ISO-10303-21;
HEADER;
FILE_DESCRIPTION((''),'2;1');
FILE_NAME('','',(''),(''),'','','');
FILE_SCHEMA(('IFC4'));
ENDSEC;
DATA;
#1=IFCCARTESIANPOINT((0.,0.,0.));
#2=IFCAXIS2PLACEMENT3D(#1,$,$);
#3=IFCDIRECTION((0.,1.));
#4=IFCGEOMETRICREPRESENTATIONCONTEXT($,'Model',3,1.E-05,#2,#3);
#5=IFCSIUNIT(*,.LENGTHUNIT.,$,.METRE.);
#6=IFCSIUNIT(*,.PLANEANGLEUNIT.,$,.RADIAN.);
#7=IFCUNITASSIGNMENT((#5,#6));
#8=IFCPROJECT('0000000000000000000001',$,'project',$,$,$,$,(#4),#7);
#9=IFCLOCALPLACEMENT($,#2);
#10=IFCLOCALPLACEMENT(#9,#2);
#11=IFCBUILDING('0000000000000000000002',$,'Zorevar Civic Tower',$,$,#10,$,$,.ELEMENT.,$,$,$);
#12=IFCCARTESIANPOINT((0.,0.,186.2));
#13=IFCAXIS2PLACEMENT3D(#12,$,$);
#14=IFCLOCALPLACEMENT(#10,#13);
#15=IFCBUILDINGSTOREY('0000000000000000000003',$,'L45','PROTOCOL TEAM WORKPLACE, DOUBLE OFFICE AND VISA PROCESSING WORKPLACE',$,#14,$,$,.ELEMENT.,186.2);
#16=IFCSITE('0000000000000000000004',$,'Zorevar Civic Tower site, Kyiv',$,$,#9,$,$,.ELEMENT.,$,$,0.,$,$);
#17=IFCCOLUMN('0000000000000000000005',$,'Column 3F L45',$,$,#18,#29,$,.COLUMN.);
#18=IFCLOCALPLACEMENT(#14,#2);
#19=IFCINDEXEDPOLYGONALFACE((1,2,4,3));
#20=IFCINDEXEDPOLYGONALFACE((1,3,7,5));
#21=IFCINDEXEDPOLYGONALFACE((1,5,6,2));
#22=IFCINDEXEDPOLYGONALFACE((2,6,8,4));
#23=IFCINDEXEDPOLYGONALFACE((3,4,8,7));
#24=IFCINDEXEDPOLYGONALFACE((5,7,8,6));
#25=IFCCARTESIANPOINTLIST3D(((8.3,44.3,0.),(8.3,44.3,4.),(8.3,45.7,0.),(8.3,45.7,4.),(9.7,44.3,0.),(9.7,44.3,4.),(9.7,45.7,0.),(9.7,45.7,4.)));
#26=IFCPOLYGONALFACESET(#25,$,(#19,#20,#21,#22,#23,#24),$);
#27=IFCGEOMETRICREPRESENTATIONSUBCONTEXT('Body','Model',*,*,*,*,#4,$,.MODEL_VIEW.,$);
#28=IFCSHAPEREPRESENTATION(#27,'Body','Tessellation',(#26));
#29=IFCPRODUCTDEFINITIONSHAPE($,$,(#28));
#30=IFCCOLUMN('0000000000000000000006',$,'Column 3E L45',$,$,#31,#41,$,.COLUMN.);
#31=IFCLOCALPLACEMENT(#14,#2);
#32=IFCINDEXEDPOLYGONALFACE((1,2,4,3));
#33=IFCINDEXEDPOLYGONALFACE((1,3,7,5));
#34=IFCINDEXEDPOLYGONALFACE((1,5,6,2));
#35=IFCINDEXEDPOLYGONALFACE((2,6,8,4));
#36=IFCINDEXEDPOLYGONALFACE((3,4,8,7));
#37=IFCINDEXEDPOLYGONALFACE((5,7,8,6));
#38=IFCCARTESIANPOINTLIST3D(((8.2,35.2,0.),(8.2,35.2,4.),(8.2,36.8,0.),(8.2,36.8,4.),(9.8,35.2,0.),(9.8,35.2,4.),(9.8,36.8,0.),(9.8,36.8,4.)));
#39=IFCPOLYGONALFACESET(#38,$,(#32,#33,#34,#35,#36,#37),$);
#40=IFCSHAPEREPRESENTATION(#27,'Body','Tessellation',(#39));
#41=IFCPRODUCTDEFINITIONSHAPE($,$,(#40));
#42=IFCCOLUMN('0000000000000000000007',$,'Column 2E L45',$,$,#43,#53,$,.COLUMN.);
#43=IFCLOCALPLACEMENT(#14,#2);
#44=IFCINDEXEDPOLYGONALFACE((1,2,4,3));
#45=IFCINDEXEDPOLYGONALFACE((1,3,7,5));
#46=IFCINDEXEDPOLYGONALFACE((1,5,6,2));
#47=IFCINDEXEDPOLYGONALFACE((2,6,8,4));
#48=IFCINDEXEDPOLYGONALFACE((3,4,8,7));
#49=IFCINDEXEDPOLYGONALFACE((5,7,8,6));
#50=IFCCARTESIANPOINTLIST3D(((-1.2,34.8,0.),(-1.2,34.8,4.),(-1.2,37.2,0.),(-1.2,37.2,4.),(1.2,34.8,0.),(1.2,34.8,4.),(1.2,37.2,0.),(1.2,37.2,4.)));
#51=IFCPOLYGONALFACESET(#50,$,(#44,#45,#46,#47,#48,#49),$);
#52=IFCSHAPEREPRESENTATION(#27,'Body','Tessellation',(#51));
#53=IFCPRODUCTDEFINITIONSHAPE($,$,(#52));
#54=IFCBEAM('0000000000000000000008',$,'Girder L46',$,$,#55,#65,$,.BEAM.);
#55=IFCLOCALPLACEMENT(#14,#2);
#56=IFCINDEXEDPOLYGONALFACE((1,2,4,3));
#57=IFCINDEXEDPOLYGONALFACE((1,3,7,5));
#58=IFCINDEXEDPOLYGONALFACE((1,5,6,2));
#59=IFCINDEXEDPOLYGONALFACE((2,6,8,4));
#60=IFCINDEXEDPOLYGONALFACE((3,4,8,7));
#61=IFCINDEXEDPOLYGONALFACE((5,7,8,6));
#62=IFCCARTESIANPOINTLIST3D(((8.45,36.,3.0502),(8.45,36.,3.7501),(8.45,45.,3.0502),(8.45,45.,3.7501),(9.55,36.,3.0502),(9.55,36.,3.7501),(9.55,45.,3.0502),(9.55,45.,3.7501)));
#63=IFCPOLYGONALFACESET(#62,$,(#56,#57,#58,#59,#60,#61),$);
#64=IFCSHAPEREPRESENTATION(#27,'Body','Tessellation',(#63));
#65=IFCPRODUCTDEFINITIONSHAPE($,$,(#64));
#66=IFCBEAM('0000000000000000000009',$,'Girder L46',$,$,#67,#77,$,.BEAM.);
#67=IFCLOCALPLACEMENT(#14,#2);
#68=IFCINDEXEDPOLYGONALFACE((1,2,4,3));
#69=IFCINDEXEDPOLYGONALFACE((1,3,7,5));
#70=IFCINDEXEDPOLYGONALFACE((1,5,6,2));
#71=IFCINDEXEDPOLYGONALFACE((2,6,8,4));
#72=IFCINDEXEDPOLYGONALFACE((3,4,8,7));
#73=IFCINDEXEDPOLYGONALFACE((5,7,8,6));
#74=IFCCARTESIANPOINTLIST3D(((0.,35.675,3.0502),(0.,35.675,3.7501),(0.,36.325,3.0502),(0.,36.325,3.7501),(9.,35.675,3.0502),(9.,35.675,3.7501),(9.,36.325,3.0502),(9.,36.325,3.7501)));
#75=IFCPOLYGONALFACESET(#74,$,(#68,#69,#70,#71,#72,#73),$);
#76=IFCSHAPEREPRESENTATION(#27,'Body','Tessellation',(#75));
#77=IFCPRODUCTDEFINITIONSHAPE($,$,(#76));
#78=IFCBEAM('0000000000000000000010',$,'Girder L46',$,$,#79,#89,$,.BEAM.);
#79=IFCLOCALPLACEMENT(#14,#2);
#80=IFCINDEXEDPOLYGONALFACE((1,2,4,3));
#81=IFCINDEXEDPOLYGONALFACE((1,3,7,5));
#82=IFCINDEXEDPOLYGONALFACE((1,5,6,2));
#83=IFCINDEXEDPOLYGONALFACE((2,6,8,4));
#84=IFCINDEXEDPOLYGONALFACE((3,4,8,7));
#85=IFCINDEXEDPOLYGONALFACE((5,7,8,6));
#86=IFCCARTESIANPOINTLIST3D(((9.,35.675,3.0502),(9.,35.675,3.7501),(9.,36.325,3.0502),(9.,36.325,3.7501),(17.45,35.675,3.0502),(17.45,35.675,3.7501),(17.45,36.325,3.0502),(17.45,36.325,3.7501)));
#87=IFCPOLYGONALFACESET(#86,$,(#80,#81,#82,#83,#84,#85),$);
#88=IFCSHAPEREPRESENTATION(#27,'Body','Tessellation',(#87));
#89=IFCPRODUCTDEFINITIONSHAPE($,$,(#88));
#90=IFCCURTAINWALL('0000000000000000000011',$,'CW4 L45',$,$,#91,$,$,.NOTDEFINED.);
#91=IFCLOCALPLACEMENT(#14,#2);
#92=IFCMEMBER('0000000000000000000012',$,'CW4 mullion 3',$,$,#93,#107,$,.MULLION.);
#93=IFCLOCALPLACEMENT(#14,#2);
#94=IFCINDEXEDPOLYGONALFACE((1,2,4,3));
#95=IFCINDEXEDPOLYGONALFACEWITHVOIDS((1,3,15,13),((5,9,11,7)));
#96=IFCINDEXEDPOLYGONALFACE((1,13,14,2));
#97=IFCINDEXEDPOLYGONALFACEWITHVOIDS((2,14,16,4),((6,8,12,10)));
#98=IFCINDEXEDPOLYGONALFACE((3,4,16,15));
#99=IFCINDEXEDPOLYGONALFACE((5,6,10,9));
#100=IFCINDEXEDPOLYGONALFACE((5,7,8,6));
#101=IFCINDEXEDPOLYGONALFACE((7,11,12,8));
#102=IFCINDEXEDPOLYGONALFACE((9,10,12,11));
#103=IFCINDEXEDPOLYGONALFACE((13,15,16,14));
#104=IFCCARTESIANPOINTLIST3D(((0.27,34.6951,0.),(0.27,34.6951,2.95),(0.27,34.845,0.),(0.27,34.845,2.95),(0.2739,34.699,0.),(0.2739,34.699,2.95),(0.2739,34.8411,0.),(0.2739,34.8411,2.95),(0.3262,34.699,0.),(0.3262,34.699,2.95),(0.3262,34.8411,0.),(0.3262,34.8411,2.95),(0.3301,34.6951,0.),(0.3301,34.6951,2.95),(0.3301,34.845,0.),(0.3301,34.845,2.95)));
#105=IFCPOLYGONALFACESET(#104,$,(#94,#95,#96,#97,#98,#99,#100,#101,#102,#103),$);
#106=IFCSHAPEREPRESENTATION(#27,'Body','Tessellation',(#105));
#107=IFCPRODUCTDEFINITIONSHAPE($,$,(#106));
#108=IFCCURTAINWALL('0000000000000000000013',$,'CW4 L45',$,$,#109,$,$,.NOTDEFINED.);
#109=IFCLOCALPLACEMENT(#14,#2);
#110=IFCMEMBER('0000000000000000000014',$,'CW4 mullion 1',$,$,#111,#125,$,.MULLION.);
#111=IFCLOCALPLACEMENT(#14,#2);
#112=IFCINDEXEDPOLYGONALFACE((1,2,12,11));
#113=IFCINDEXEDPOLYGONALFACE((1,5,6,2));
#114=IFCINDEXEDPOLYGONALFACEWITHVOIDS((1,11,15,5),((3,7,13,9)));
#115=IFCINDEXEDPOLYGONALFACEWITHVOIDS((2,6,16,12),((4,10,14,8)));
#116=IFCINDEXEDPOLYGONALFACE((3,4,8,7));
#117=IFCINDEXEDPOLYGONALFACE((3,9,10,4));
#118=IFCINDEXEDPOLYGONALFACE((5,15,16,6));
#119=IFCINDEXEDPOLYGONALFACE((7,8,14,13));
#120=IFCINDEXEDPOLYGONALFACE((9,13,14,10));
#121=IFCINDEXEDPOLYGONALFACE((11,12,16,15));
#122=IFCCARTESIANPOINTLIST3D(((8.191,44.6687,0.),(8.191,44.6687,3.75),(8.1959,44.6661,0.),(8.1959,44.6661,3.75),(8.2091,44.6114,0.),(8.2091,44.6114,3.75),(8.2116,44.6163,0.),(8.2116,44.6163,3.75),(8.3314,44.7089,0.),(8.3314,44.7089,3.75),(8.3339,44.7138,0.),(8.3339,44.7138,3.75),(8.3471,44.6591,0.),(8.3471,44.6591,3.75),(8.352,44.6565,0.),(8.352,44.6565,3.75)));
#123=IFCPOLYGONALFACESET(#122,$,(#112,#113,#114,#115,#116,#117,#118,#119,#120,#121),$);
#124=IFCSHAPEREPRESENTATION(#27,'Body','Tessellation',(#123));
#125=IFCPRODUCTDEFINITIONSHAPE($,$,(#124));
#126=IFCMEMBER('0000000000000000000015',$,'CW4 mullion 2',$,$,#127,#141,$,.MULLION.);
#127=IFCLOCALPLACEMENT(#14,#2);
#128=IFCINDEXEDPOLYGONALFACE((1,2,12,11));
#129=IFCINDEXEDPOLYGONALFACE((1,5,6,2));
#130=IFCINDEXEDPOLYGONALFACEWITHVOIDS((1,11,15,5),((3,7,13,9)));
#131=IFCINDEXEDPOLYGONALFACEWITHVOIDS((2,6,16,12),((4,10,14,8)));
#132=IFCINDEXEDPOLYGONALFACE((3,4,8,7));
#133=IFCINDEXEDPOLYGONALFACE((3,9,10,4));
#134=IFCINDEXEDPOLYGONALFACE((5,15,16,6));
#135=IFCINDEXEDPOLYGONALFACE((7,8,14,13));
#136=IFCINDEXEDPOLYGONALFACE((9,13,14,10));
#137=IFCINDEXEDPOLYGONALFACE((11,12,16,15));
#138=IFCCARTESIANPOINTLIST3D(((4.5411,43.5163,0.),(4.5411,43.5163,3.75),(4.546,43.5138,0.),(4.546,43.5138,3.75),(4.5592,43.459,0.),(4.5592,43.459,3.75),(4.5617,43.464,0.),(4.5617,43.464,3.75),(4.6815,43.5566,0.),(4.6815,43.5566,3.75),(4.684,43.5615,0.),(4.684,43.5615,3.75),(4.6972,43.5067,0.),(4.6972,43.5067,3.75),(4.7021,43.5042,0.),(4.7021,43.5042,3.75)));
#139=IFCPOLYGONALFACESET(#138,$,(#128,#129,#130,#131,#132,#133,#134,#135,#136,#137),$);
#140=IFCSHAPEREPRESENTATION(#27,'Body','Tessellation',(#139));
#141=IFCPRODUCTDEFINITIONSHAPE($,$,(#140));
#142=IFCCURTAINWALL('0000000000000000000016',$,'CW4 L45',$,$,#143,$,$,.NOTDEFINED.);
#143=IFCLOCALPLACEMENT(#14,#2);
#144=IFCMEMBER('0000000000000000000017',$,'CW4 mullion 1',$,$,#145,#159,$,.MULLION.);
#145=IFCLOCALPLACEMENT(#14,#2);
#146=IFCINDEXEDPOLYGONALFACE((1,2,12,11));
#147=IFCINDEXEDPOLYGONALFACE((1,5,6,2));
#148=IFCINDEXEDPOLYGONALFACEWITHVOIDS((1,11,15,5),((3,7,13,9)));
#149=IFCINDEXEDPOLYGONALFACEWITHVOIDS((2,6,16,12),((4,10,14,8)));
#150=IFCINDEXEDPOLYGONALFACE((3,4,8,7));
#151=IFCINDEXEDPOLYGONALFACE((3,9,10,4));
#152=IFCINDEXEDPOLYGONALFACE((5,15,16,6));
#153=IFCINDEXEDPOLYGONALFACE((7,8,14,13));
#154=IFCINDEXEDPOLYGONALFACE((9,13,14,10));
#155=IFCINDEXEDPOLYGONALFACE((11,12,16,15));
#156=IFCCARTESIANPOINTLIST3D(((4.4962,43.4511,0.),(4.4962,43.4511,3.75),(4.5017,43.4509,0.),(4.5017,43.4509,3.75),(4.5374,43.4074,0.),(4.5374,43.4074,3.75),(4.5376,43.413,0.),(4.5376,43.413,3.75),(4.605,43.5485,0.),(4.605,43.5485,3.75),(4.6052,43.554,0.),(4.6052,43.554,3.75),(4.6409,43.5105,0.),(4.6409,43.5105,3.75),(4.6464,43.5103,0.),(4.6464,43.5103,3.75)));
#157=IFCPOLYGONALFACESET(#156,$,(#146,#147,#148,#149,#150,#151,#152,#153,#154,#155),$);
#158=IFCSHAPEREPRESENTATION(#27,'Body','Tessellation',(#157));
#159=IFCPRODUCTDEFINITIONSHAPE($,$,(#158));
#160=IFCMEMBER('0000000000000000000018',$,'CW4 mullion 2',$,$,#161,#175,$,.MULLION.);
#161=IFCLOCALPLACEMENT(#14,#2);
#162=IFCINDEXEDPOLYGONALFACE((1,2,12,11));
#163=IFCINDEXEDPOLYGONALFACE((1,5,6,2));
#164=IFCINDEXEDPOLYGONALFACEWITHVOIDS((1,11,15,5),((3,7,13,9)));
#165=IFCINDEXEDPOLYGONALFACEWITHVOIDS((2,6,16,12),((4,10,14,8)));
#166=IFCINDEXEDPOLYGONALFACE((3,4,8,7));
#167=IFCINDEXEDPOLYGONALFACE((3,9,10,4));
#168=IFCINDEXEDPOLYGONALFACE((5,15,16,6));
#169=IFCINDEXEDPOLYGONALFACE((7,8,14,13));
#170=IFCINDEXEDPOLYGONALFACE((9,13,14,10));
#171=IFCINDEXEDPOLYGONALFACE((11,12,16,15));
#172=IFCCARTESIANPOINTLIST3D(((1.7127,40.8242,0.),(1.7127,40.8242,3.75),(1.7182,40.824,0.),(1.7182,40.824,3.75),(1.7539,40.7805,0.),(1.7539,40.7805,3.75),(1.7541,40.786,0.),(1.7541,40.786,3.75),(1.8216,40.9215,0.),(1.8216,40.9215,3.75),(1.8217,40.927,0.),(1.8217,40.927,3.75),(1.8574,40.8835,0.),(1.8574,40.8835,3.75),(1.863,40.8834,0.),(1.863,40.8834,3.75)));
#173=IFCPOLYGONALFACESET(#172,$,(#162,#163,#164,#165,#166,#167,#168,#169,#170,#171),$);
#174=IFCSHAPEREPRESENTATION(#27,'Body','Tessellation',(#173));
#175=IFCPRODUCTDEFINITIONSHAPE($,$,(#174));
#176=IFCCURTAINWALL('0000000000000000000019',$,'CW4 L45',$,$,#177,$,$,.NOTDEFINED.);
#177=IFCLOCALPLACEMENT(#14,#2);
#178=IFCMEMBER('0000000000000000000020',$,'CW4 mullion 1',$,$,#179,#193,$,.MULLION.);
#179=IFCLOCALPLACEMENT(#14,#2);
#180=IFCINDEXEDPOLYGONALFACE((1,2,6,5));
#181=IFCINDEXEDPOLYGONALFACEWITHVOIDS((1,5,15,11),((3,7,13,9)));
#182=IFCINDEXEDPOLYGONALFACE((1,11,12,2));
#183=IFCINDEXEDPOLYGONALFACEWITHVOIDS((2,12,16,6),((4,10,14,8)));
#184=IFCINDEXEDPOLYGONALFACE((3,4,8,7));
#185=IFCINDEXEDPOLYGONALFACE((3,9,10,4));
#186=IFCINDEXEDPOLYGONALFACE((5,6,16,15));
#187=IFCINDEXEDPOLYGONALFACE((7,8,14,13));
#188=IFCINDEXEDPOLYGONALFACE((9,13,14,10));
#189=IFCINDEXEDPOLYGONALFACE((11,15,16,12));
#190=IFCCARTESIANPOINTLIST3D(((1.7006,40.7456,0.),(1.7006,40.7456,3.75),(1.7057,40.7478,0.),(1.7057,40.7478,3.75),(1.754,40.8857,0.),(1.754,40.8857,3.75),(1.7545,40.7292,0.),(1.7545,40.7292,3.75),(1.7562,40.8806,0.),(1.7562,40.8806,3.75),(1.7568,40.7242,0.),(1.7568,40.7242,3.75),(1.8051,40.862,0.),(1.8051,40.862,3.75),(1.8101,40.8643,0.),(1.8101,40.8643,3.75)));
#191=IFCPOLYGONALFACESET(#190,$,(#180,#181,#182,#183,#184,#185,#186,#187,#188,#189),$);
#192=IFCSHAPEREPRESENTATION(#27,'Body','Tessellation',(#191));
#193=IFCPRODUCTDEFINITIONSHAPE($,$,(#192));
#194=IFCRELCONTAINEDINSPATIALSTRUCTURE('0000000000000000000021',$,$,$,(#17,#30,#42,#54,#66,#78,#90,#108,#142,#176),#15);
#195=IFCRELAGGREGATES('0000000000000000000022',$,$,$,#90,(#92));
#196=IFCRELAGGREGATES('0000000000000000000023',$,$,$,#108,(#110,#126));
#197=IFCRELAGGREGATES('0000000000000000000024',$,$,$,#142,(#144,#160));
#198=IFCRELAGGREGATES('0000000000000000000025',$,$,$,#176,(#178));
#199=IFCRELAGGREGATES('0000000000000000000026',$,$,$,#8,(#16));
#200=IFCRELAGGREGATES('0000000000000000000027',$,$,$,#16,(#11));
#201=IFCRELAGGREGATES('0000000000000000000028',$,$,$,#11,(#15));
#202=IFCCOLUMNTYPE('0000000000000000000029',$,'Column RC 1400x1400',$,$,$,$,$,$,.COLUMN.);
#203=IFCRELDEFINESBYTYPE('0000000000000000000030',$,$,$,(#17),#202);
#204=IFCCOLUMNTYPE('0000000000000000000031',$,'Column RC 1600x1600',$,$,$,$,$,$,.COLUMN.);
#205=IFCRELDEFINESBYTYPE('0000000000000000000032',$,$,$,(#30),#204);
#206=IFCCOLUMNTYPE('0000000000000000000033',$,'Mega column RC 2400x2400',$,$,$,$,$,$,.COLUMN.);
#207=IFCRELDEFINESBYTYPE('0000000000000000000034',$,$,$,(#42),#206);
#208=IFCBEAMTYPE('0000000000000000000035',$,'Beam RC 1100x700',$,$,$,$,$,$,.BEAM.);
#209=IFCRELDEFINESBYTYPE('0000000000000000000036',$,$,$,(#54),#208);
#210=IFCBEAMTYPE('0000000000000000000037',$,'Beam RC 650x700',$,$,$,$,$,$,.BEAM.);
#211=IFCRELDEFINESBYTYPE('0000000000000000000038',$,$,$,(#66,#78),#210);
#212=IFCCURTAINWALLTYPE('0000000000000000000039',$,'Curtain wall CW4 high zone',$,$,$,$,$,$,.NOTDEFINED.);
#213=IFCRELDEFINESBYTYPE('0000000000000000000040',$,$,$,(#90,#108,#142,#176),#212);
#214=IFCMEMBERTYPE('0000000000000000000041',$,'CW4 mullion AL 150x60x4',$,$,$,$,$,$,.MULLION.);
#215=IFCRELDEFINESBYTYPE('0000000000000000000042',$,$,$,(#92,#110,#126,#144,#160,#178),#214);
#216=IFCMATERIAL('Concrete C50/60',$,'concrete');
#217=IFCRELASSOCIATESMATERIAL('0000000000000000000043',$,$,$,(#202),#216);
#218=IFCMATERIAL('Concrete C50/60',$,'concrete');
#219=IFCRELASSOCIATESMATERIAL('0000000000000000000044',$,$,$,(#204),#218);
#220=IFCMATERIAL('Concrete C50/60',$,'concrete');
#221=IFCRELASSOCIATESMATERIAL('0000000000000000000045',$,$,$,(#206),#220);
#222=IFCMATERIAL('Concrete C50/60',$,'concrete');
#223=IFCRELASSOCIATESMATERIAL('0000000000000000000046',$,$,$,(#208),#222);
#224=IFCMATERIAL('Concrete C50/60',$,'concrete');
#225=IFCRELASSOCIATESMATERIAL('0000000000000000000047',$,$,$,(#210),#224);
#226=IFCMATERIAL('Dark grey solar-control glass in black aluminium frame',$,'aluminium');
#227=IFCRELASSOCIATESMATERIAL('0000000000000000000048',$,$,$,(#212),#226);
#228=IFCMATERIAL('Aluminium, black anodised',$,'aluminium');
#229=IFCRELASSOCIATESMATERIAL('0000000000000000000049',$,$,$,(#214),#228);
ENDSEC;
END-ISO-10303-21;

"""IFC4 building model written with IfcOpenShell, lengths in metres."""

from ifc_helpers import new_model, si_unit, direction, frame, origin, origin_2d, place, context, subcontext, project, spatial, rectangle, hollow_rectangle, extrude, material, material_profile, profile_set, type_object, element, aggregate, save


model = new_model("IFC4")

# Units and contexts
model_context = context("Model", 3, precision=1e-05, world=origin(), true_north=direction((0.0, 1.0)))
body_context = subcontext(model_context, "Body", "Model", "MODEL_VIEW")
ifc_project = project(units=[si_unit("LENGTHUNIT", "METRE"), si_unit("PLANEANGLEUNIT", "RADIAN")], contexts=[model_context])

# Site, building, storey
site_placement = place(None, origin())
site = spatial("IfcSite", under=ifc_project, at=site_placement, Name="Zorevar Civic Tower site, Kyiv", CompositionType="ELEMENT", RefElevation=0.0)
building_placement = place(site_placement, origin())
building = spatial("IfcBuilding", under=site, at=building_placement, Name="Zorevar Civic Tower", CompositionType="ELEMENT")
storey_placement = place(building_placement, frame((0.0, 0.0, 186.2)))
storey = spatial("IfcBuildingStorey", under=building, at=storey_placement, Name="L45", Description="PROTOCOL TEAM WORKPLACE, DOUBLE OFFICE AND VISA PROCESSING WORKPLACE", CompositionType="ELEMENT", Elevation=186.2)

# Columns
ifc_material_1 = material(Name="Concrete C50/60", Category="concrete")
ifc_material_profile_1 = material_profile(ifc_material_1, rectangle(XDim=1.3999, YDim=1.3999, at=origin_2d()), Name="RC 1400x1400")
ifc_profile_set_1 = profile_set([ifc_material_profile_1], Name="Concrete C50/60")
column_type_1 = type_object("IfcColumnType", Name="Column RC 1400x1400", PredefinedType="COLUMN", material=ifc_profile_set_1)
column_1_placement = place(storey_placement, frame((9.0, 45.0, 0.0), z_axis=(0.0, 0.0, 1.0), x_axis=(1.0, 0.0, 0.0)))
element("IfcColumn", 1, at=column_1_placement, inside=storey, type_object=column_type_1, Name="Column 3F L45", PredefinedType="COLUMN", context=body_context, shape_type="SweptSolid", body=[
    extrude(rectangle(XDim=1.3999, YDim=1.3999, at=origin_2d()), origin(), (0.0, 0.0, 1.0), 4.0),
])
ifc_material_2 = material(Name="Concrete C50/60", Category="concrete")
ifc_material_profile_2 = material_profile(ifc_material_2, rectangle(XDim=1.6001, YDim=1.6001, at=origin_2d()), Name="RC 1600x1600")
ifc_profile_set_2 = profile_set([ifc_material_profile_2], Name="Concrete C50/60")
column_type_2 = type_object("IfcColumnType", Name="Column RC 1600x1600", PredefinedType="COLUMN", material=ifc_profile_set_2)
column_2_placement = place(storey_placement, frame((9.0, 36.0, 0.0), z_axis=(0.0, 0.0, 1.0), x_axis=(1.0, 0.0, 0.0)))
element("IfcColumn", 2, at=column_2_placement, inside=storey, type_object=column_type_2, Name="Column 3E L45", PredefinedType="COLUMN", context=body_context, shape_type="SweptSolid", body=[
    extrude(rectangle(XDim=1.6001, YDim=1.6001, at=origin_2d()), origin(), (0.0, 0.0, 1.0), 4.0),
])
ifc_material_3 = material(Name="Concrete C50/60", Category="concrete")
ifc_material_profile_3 = material_profile(ifc_material_3, rectangle(XDim=2.3999, YDim=2.3999, at=origin_2d()), Name="RC 2400x2400")
ifc_profile_set_3 = profile_set([ifc_material_profile_3], Name="Concrete C50/60")
column_type_3 = type_object("IfcColumnType", Name="Mega column RC 2400x2400", PredefinedType="COLUMN", material=ifc_profile_set_3)
column_3_placement = place(storey_placement, frame((0.0, 36.0, 0.0), z_axis=(0.0, 0.0, 1.0), x_axis=(1.0, 0.0, 0.0)))
element("IfcColumn", 3, at=column_3_placement, inside=storey, type_object=column_type_3, Name="Column 2E L45", PredefinedType="COLUMN", context=body_context, shape_type="SweptSolid", body=[
    extrude(rectangle(XDim=2.3999, YDim=2.3999, at=origin_2d()), origin(), (0.0, 0.0, 1.0), 4.0),
])

# Beams
ifc_material_4 = material(Name="Concrete C50/60", Category="concrete")
ifc_material_profile_4 = material_profile(ifc_material_4, rectangle(XDim=1.1001, YDim=0.7, at=origin_2d()), Name="RC 1100x700")
ifc_profile_set_4 = profile_set([ifc_material_profile_4], Name="Concrete C50/60")
beam_type_1 = type_object("IfcBeamType", Name="Beam RC 1100x700", PredefinedType="BEAM", material=ifc_profile_set_4)
beam_1_placement = place(storey_placement, frame((9.0, 36.0, 3.4001), z_axis=(0.0, 1.0, 0.0), x_axis=(-1.0, 0.0, 0.0)))
element("IfcBeam", 4, at=beam_1_placement, inside=storey, type_object=beam_type_1, Name="Girder L46", PredefinedType="BEAM", context=body_context, shape_type="SweptSolid", body=[
    extrude(rectangle(XDim=1.1001, YDim=0.7, at=origin_2d()), origin(), (0.0, 0.0, 1.0), 9.0),
])
ifc_material_5 = material(Name="Concrete C50/60", Category="concrete")
ifc_material_profile_5 = material_profile(ifc_material_5, rectangle(XDim=0.6499, YDim=0.7, at=origin_2d()), Name="RC 650x700")
ifc_profile_set_5 = profile_set([ifc_material_profile_5], Name="Concrete C50/60")
beam_type_2 = type_object("IfcBeamType", Name="Beam RC 650x700", PredefinedType="BEAM", material=ifc_profile_set_5)
beam_2_placement = place(storey_placement, frame((0.0, 36.0, 3.4001), z_axis=(1.0, 0.0, 0.0), x_axis=(0.0, 1.0, 0.0)))
element("IfcBeam", 5, at=beam_2_placement, inside=storey, type_object=beam_type_2, Name="Girder L46", PredefinedType="BEAM", context=body_context, shape_type="SweptSolid", body=[
    extrude(rectangle(XDim=0.6499, YDim=0.7, at=origin_2d()), origin(), (0.0, 0.0, 1.0), 9.0),
])
beam_3_placement = place(storey_placement, frame((9.0, 36.0, 3.4001), z_axis=(1.0, 0.0, 0.0), x_axis=(0.0, 1.0, 0.0)))
element("IfcBeam", 6, at=beam_3_placement, inside=storey, type_object=beam_type_2, Name="Girder L46", PredefinedType="BEAM", context=body_context, shape_type="SweptSolid", body=[
    extrude(rectangle(XDim=0.6499, YDim=0.7, at=origin_2d()), origin(), (0.0, 0.0, 1.0), 8.45),
])

# Curtain wall, member
ifc_material_6 = material(Name="Dark grey solar-control glass in black aluminium frame", Category="aluminium")
curtain_wall_type = type_object("IfcCurtainWallType", Name="Curtain wall CW4 high zone", PredefinedType="NOTDEFINED", material=ifc_material_6)
curtain_wall_1_placement = place(storey_placement, origin())
curtain_wall_1 = element("IfcCurtainWall", 7, at=curtain_wall_1_placement, inside=storey, type_object=curtain_wall_type, Name="CW4 L45", PredefinedType="NOTDEFINED")
ifc_material_7 = material(Name="Aluminium, black anodised", Category="aluminium")
ifc_material_profile_6 = material_profile(ifc_material_7, hollow_rectangle(XDim=0.0601, YDim=0.1499, WallThickness=0.0039, at=origin_2d()), Name="AL 150x60x4")
ifc_profile_set_6 = profile_set([ifc_material_profile_6], Name="Aluminium, black anodised")
member_type_1 = type_object("IfcMemberType", Name="CW4 mullion AL 150x60x4", PredefinedType="MULLION", material=ifc_profile_set_6)
member_1_placement = place(storey_placement, frame((0.3, 34.77, 0.0), z_axis=(0.0, 0.0, 1.0), x_axis=(-1.0, 0.0, 0.0)))
member_1 = element("IfcMember", 8, at=member_1_placement, type_object=member_type_1, Name="CW4 mullion 3", PredefinedType="MULLION", context=body_context, shape_type="SweptSolid", body=[
    extrude(hollow_rectangle(XDim=0.0601, YDim=0.1499, WallThickness=0.0039, at=origin_2d()), origin(), (0.0, 0.0, 1.0), 2.95),
])

# Curtain walls, members
curtain_wall_2_placement = place(storey_placement, origin())
curtain_wall_2 = element("IfcCurtainWall", 9, at=curtain_wall_2_placement, inside=storey, type_object=curtain_wall_type, Name="CW4 L45", PredefinedType="NOTDEFINED")
member_2_placement = place(storey_placement, frame((8.2715, 44.6626, 0.0), z_axis=(0.0, 0.0, 1.0), x_axis=(0.301108, -0.95359, 0.0)))
member_2 = element("IfcMember", 10, at=member_2_placement, type_object=member_type_1, Name="CW4 mullion 1", PredefinedType="MULLION", context=body_context, shape_type="SweptSolid", body=[
    extrude(hollow_rectangle(XDim=0.0601, YDim=0.1499, WallThickness=0.0039, at=origin_2d()), origin(), (0.0, 0.0, 1.0), 3.75),
])
member_3_placement = place(storey_placement, frame((4.6216, 43.5103, 0.0), z_axis=(0.0, 0.0, 1.0), x_axis=(0.301108, -0.95359, 0.0)))
member_3 = element("IfcMember", 11, at=member_3_placement, type_object=member_type_1, Name="CW4 mullion 2", PredefinedType="MULLION", context=body_context, shape_type="SweptSolid", body=[
    extrude(hollow_rectangle(XDim=0.0601, YDim=0.1499, WallThickness=0.0039, at=origin_2d()), origin(), (0.0, 0.0, 1.0), 3.75),
])
curtain_wall_3_placement = place(storey_placement, origin())
curtain_wall_3 = element("IfcCurtainWall", 12, at=curtain_wall_3_placement, inside=storey, type_object=curtain_wall_type, Name="CW4 L45", PredefinedType="NOTDEFINED")
member_4_placement = place(storey_placement, frame((4.5713, 43.4807, 0.0), z_axis=(0.0, 0.0, 1.0), x_axis=(0.686378, -0.727245, 0.0)))
member_4 = element("IfcMember", 13, at=member_4_placement, type_object=member_type_1, Name="CW4 mullion 1", PredefinedType="MULLION", context=body_context, shape_type="SweptSolid", body=[
    extrude(hollow_rectangle(XDim=0.0601, YDim=0.1499, WallThickness=0.0039, at=origin_2d()), origin(), (0.0, 0.0, 1.0), 3.75),
])
member_5_placement = place(storey_placement, frame((1.7878, 40.8538, 0.0), z_axis=(0.0, 0.0, 1.0), x_axis=(0.686378, -0.727245, 0.0)))
member_5 = element("IfcMember", 14, at=member_5_placement, type_object=member_type_1, Name="CW4 mullion 2", PredefinedType="MULLION", context=body_context, shape_type="SweptSolid", body=[
    extrude(hollow_rectangle(XDim=0.0601, YDim=0.1499, WallThickness=0.0039, at=origin_2d()), origin(), (0.0, 0.0, 1.0), 3.75),
])
curtain_wall_4_placement = place(storey_placement, origin())
curtain_wall_4 = element("IfcCurtainWall", 15, at=curtain_wall_4_placement, inside=storey, type_object=curtain_wall_type, Name="CW4 L45", PredefinedType="NOTDEFINED")
member_6_placement = place(storey_placement, frame((1.7554, 40.8049, 0.0), z_axis=(0.0, 0.0, 1.0), x_axis=(0.934588, -0.355731, 0.0)))
member_6 = element("IfcMember", 16, at=member_6_placement, type_object=member_type_1, Name="CW4 mullion 1", PredefinedType="MULLION", context=body_context, shape_type="SweptSolid", body=[
    extrude(hollow_rectangle(XDim=0.0601, YDim=0.1499, WallThickness=0.0039, at=origin_2d()), origin(), (0.0, 0.0, 1.0), 3.75),
])

aggregate(curtain_wall_1, [member_1])
aggregate(curtain_wall_2, [member_2, member_3])
aggregate(curtain_wall_3, [member_4, member_5])
aggregate(curtain_wall_4, [member_6])

save(model, "model.ifc")
